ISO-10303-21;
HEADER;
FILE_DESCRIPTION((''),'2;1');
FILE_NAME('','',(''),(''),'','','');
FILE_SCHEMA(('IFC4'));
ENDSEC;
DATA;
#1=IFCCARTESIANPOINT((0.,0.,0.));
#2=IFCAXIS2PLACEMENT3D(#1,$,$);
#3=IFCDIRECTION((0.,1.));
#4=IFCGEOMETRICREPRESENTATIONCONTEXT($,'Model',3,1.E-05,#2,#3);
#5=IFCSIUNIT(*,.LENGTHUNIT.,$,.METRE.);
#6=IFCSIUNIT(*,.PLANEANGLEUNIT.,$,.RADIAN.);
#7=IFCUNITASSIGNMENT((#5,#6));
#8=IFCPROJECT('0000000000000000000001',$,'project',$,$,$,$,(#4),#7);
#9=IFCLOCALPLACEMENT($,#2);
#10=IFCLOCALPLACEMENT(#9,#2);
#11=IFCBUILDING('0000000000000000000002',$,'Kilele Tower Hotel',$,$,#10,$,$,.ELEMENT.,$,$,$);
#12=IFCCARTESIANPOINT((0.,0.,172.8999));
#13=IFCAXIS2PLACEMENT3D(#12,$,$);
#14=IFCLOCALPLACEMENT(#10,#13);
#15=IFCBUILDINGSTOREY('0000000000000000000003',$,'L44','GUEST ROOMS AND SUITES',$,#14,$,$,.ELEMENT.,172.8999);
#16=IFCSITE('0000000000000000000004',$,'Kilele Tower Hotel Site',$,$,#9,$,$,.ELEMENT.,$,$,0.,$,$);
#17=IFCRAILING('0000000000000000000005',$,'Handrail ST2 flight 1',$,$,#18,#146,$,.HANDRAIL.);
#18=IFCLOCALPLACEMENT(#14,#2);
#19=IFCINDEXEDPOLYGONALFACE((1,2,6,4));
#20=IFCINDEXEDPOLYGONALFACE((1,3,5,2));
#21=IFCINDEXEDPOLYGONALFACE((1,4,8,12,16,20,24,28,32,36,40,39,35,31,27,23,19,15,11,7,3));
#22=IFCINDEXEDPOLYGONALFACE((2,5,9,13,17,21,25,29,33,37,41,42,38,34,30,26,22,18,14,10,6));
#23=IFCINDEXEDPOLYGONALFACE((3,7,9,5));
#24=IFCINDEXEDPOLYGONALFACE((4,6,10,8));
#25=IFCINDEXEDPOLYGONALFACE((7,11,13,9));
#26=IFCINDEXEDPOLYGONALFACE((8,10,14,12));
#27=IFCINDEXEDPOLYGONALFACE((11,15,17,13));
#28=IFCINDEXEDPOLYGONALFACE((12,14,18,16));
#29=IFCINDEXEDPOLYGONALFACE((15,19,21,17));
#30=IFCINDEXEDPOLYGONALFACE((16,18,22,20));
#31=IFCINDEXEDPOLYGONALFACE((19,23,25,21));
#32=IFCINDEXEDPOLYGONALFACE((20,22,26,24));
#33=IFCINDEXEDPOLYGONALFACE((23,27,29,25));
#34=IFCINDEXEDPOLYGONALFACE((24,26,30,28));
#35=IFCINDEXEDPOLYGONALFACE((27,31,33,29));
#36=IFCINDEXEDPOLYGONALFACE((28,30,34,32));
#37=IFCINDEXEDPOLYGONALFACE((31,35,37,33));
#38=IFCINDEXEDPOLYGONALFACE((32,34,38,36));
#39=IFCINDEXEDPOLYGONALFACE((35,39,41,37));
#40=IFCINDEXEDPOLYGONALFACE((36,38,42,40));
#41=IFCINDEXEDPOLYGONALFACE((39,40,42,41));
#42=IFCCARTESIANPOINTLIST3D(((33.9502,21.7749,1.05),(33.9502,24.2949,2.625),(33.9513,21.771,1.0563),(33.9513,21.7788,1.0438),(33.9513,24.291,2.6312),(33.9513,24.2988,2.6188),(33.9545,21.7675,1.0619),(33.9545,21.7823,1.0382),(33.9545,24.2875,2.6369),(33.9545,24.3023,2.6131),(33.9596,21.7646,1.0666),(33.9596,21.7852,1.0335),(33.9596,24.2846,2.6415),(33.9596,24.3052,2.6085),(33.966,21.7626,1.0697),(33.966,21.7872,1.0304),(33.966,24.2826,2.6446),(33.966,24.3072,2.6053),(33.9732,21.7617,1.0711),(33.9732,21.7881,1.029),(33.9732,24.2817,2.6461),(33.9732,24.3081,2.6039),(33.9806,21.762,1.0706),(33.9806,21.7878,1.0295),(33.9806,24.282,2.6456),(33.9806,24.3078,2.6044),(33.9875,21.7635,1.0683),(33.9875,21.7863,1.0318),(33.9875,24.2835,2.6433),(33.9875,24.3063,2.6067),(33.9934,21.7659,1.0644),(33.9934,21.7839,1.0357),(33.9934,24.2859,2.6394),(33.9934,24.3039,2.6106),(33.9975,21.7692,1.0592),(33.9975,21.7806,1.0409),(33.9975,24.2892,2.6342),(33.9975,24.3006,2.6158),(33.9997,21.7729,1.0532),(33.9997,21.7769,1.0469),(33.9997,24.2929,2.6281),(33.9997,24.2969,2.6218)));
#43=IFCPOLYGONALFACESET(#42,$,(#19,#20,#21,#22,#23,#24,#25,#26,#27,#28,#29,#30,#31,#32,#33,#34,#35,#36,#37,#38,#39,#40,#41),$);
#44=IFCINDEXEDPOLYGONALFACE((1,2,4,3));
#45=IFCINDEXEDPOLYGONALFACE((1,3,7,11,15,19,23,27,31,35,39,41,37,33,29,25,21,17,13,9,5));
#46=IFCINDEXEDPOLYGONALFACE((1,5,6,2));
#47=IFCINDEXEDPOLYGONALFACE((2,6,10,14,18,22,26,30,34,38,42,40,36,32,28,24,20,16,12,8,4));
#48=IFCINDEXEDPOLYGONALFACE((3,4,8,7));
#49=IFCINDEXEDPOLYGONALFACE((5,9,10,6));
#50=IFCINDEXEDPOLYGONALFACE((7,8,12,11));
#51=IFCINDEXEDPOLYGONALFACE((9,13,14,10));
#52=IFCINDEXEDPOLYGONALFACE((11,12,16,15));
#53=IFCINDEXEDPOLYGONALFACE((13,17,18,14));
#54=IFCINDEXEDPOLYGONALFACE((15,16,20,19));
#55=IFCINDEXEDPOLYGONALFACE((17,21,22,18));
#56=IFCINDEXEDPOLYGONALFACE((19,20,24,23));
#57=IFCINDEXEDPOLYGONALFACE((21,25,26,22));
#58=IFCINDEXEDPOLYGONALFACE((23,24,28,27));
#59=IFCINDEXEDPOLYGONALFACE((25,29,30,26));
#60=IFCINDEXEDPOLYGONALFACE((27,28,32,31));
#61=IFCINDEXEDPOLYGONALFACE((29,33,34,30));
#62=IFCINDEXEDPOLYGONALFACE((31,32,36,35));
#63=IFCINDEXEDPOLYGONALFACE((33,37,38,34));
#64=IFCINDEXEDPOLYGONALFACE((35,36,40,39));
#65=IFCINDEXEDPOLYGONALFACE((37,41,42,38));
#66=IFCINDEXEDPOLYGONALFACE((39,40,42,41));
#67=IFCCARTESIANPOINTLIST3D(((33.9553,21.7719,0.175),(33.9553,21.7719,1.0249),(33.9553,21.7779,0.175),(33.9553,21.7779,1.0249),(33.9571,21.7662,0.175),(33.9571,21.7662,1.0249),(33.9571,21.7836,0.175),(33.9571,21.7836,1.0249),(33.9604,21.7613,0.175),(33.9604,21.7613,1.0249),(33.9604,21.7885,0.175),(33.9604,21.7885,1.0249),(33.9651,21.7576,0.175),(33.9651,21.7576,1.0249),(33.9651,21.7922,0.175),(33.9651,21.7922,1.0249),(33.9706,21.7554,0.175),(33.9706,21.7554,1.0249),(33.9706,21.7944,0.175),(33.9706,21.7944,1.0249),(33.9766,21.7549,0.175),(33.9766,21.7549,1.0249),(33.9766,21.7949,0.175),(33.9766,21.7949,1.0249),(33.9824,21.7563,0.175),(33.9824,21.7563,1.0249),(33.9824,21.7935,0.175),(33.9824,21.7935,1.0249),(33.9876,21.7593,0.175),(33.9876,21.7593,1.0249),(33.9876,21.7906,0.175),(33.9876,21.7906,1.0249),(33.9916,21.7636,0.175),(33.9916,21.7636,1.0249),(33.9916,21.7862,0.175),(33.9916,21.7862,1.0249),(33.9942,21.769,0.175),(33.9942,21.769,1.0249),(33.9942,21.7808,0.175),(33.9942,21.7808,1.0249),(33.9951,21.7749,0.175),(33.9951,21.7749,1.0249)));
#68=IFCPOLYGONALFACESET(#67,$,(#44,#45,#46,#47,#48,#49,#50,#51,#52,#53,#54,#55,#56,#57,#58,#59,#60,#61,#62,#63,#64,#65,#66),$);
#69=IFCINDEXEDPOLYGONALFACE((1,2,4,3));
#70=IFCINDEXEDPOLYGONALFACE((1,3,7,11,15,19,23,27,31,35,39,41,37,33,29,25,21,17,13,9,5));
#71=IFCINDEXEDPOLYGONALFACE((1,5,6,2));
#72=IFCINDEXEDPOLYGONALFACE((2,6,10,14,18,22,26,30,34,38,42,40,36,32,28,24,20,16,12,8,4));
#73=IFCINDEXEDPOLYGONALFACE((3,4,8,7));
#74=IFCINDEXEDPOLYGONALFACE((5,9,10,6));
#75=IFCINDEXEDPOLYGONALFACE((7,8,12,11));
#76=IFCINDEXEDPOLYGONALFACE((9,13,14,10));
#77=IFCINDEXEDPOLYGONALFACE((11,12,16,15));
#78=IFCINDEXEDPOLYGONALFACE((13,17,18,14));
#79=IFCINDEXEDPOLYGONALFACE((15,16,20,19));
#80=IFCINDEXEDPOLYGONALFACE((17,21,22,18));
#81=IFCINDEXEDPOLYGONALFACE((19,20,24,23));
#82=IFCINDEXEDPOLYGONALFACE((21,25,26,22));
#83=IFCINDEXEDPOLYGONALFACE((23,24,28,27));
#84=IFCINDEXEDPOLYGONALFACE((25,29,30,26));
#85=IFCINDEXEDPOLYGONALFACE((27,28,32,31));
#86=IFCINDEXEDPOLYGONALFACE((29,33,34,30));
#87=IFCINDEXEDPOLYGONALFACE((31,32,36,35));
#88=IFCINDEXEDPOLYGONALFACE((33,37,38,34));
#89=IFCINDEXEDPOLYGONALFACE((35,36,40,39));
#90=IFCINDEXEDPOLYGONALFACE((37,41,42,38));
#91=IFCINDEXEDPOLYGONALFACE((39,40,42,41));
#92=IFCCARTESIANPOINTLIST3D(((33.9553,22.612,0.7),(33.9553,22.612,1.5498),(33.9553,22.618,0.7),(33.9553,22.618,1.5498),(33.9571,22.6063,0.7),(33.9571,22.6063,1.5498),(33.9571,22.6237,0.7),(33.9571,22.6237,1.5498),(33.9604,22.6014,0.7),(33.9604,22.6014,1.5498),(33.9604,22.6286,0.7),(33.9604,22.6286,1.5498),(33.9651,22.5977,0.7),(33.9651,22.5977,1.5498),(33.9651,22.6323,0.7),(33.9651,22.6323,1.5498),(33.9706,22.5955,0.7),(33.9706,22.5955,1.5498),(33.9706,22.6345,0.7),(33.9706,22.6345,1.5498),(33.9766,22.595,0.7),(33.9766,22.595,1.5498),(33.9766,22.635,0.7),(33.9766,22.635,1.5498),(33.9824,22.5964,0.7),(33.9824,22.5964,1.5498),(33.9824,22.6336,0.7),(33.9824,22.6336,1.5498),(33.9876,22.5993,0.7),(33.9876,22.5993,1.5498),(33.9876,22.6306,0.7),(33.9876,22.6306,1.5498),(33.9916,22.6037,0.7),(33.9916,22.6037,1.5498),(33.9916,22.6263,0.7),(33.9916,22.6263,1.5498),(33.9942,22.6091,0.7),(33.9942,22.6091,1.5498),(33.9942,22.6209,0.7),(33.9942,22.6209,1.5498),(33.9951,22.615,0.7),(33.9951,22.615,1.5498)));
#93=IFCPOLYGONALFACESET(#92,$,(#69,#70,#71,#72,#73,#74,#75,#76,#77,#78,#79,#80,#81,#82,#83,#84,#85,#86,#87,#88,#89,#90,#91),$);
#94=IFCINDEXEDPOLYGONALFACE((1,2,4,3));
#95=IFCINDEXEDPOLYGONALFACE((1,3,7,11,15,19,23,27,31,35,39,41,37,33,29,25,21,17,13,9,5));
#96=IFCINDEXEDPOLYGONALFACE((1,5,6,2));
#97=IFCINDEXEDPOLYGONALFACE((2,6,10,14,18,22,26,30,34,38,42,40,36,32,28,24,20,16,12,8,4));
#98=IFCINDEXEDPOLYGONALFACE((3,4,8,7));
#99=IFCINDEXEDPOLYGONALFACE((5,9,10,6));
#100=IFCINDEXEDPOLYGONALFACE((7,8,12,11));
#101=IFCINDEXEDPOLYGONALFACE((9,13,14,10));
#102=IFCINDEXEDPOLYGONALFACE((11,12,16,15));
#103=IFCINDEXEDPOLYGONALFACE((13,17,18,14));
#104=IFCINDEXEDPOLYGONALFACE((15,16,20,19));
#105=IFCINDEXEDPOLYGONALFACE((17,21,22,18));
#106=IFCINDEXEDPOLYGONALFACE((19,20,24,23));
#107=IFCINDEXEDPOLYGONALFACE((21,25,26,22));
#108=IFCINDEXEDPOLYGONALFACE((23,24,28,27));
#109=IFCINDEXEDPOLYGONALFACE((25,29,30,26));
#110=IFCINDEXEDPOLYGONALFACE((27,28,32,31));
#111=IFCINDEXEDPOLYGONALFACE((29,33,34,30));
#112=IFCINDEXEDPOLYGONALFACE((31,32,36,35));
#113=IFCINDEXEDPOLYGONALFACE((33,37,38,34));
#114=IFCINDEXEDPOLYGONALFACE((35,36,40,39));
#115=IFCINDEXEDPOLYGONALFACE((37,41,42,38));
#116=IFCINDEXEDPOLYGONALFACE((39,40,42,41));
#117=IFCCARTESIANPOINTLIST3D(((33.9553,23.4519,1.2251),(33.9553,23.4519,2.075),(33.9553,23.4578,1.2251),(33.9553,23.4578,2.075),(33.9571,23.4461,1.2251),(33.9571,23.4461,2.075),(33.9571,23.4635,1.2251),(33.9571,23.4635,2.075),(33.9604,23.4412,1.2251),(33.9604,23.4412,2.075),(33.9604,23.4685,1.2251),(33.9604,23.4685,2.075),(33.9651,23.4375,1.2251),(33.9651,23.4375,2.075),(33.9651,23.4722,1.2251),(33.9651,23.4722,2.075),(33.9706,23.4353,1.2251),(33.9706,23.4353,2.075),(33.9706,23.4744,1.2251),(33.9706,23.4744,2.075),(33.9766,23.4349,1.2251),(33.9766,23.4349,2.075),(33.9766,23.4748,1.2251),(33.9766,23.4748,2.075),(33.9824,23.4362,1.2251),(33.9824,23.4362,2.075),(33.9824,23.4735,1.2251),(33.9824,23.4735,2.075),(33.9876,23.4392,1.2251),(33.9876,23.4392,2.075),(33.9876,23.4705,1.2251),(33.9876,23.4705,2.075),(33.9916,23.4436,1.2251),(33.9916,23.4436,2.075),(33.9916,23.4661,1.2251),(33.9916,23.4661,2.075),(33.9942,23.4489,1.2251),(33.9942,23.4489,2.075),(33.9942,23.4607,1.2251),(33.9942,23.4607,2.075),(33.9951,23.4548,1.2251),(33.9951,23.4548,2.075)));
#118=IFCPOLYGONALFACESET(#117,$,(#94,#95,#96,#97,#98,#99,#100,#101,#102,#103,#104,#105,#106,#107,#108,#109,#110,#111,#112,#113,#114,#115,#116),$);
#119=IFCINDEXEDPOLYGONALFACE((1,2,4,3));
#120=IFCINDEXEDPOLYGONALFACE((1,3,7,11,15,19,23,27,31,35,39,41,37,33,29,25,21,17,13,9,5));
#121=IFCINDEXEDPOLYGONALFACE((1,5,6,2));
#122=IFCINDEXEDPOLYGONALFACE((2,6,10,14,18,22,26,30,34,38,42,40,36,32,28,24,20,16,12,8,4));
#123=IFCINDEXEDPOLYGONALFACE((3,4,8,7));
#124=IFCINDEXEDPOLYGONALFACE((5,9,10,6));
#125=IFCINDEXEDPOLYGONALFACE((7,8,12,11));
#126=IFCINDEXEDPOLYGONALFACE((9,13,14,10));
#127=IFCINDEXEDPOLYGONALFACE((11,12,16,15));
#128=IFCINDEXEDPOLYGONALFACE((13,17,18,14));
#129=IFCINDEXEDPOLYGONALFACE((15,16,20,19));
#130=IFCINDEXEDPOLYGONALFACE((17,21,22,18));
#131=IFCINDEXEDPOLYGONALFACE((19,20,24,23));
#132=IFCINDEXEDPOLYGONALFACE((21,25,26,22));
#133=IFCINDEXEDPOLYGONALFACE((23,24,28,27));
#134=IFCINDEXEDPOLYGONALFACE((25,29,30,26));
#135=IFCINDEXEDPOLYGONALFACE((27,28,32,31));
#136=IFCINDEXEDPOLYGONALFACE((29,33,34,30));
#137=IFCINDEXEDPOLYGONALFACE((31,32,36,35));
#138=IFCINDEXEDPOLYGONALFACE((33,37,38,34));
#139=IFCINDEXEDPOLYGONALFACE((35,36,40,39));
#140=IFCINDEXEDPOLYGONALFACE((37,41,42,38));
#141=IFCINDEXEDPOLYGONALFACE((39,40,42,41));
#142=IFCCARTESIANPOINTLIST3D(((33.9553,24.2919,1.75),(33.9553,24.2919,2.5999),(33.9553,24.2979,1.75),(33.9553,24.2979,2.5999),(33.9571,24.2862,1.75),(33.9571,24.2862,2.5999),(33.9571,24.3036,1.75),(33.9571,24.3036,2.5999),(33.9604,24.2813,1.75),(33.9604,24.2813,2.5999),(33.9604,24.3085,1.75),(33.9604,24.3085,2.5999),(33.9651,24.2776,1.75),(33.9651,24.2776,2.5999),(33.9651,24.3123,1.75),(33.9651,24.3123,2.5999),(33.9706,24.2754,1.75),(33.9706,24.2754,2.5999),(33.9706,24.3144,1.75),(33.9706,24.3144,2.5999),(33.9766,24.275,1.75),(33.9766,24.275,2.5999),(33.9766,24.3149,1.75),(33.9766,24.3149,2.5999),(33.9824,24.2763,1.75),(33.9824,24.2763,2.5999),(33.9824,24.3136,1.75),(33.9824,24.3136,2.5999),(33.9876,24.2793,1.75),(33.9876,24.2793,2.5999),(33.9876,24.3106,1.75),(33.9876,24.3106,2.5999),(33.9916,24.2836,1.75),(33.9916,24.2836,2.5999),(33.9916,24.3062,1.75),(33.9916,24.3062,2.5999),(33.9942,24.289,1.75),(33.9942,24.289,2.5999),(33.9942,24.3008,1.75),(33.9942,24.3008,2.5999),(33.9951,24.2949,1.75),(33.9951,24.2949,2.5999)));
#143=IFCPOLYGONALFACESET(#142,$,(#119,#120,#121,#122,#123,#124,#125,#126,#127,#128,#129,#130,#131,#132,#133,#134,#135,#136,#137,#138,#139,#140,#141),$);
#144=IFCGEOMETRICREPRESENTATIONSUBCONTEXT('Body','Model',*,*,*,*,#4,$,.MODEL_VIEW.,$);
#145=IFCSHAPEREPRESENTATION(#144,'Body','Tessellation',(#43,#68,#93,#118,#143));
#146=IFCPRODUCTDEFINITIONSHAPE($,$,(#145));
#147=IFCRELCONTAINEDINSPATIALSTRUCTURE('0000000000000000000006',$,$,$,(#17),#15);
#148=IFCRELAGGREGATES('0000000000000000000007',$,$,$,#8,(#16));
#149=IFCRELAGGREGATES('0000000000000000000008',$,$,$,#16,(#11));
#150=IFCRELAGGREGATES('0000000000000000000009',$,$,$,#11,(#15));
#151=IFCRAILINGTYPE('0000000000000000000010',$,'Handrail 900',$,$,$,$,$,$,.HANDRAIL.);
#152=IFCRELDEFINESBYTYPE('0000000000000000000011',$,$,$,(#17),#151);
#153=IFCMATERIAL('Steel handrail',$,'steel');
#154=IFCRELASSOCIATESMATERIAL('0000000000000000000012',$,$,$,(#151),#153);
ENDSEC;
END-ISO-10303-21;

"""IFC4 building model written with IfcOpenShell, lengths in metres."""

from ifc_helpers import new_model, si_unit, direction, frame, origin, origin_2d, place, context, subcontext, project, spatial, circle, extrude, material, type_object, element, save


model = new_model("IFC4")

# Units and contexts
model_context = context("Model", 3, precision=1e-05, world=origin(), true_north=direction((0.0, 1.0)))
body_context = subcontext(model_context, "Body", "Model", "MODEL_VIEW")
ifc_project = project(units=[si_unit("LENGTHUNIT", "METRE"), si_unit("PLANEANGLEUNIT", "RADIAN")], contexts=[model_context])

# Site, building, storey
site_placement = place(None, origin())
site = spatial("IfcSite", under=ifc_project, at=site_placement, Name="Kilele Tower Hotel Site", CompositionType="ELEMENT", RefElevation=0.0)
building_placement = place(site_placement, origin())
building = spatial("IfcBuilding", under=site, at=building_placement, Name="Kilele Tower Hotel", CompositionType="ELEMENT")
storey_placement = place(building_placement, frame((0.0, 0.0, 172.8999)))
storey = spatial("IfcBuildingStorey", under=building, at=storey_placement, Name="L44", Description="GUEST ROOMS AND SUITES", CompositionType="ELEMENT", Elevation=172.8999)

# Railing
ifc_material_1 = material(Name="Steel handrail", Category="steel")
railing_type_1 = type_object("IfcRailingType", Name="Handrail 900", PredefinedType="HANDRAIL", material=ifc_material_1)
for number, where, name in (
    (1, (33.9751, 21.7749, 0.175), "Handrail ST2 flight 1"),
):
    element("IfcRailing", number, at=place(storey_placement, frame(where)), inside=storey, type_object=railing_type_1, Name=name, PredefinedType="HANDRAIL", context=body_context, shape_type="SweptSolid", body=[
        extrude(circle(Radius=0.0249, at=origin_2d()), frame((0.0, 0.0, 0.875), z_axis=(0.0, 0.848008, 0.529984), x_axis=(-1.0, 0.0, 0.0)), (0.0, 0.0, 1.0), 2.9717),
        extrude(circle(Radius=0.02, at=origin_2d()), origin(), (0.0, 0.0, 1.0), 0.8499),
        extrude(circle(Radius=0.02, at=origin_2d()), frame((0.0, 0.8401, 0.5249)), (0.0, 0.0, 1.0), 0.8499),
        extrude(circle(Radius=0.02, at=origin_2d()), frame((0.0, 1.6799, 1.05)), (0.0, 0.0, 1.0), 0.8499),
        extrude(circle(Radius=0.02, at=origin_2d()), frame((0.0, 2.52, 1.575)), (0.0, 0.0, 1.0), 0.8499),
    ])

save(model, "model.ifc")
